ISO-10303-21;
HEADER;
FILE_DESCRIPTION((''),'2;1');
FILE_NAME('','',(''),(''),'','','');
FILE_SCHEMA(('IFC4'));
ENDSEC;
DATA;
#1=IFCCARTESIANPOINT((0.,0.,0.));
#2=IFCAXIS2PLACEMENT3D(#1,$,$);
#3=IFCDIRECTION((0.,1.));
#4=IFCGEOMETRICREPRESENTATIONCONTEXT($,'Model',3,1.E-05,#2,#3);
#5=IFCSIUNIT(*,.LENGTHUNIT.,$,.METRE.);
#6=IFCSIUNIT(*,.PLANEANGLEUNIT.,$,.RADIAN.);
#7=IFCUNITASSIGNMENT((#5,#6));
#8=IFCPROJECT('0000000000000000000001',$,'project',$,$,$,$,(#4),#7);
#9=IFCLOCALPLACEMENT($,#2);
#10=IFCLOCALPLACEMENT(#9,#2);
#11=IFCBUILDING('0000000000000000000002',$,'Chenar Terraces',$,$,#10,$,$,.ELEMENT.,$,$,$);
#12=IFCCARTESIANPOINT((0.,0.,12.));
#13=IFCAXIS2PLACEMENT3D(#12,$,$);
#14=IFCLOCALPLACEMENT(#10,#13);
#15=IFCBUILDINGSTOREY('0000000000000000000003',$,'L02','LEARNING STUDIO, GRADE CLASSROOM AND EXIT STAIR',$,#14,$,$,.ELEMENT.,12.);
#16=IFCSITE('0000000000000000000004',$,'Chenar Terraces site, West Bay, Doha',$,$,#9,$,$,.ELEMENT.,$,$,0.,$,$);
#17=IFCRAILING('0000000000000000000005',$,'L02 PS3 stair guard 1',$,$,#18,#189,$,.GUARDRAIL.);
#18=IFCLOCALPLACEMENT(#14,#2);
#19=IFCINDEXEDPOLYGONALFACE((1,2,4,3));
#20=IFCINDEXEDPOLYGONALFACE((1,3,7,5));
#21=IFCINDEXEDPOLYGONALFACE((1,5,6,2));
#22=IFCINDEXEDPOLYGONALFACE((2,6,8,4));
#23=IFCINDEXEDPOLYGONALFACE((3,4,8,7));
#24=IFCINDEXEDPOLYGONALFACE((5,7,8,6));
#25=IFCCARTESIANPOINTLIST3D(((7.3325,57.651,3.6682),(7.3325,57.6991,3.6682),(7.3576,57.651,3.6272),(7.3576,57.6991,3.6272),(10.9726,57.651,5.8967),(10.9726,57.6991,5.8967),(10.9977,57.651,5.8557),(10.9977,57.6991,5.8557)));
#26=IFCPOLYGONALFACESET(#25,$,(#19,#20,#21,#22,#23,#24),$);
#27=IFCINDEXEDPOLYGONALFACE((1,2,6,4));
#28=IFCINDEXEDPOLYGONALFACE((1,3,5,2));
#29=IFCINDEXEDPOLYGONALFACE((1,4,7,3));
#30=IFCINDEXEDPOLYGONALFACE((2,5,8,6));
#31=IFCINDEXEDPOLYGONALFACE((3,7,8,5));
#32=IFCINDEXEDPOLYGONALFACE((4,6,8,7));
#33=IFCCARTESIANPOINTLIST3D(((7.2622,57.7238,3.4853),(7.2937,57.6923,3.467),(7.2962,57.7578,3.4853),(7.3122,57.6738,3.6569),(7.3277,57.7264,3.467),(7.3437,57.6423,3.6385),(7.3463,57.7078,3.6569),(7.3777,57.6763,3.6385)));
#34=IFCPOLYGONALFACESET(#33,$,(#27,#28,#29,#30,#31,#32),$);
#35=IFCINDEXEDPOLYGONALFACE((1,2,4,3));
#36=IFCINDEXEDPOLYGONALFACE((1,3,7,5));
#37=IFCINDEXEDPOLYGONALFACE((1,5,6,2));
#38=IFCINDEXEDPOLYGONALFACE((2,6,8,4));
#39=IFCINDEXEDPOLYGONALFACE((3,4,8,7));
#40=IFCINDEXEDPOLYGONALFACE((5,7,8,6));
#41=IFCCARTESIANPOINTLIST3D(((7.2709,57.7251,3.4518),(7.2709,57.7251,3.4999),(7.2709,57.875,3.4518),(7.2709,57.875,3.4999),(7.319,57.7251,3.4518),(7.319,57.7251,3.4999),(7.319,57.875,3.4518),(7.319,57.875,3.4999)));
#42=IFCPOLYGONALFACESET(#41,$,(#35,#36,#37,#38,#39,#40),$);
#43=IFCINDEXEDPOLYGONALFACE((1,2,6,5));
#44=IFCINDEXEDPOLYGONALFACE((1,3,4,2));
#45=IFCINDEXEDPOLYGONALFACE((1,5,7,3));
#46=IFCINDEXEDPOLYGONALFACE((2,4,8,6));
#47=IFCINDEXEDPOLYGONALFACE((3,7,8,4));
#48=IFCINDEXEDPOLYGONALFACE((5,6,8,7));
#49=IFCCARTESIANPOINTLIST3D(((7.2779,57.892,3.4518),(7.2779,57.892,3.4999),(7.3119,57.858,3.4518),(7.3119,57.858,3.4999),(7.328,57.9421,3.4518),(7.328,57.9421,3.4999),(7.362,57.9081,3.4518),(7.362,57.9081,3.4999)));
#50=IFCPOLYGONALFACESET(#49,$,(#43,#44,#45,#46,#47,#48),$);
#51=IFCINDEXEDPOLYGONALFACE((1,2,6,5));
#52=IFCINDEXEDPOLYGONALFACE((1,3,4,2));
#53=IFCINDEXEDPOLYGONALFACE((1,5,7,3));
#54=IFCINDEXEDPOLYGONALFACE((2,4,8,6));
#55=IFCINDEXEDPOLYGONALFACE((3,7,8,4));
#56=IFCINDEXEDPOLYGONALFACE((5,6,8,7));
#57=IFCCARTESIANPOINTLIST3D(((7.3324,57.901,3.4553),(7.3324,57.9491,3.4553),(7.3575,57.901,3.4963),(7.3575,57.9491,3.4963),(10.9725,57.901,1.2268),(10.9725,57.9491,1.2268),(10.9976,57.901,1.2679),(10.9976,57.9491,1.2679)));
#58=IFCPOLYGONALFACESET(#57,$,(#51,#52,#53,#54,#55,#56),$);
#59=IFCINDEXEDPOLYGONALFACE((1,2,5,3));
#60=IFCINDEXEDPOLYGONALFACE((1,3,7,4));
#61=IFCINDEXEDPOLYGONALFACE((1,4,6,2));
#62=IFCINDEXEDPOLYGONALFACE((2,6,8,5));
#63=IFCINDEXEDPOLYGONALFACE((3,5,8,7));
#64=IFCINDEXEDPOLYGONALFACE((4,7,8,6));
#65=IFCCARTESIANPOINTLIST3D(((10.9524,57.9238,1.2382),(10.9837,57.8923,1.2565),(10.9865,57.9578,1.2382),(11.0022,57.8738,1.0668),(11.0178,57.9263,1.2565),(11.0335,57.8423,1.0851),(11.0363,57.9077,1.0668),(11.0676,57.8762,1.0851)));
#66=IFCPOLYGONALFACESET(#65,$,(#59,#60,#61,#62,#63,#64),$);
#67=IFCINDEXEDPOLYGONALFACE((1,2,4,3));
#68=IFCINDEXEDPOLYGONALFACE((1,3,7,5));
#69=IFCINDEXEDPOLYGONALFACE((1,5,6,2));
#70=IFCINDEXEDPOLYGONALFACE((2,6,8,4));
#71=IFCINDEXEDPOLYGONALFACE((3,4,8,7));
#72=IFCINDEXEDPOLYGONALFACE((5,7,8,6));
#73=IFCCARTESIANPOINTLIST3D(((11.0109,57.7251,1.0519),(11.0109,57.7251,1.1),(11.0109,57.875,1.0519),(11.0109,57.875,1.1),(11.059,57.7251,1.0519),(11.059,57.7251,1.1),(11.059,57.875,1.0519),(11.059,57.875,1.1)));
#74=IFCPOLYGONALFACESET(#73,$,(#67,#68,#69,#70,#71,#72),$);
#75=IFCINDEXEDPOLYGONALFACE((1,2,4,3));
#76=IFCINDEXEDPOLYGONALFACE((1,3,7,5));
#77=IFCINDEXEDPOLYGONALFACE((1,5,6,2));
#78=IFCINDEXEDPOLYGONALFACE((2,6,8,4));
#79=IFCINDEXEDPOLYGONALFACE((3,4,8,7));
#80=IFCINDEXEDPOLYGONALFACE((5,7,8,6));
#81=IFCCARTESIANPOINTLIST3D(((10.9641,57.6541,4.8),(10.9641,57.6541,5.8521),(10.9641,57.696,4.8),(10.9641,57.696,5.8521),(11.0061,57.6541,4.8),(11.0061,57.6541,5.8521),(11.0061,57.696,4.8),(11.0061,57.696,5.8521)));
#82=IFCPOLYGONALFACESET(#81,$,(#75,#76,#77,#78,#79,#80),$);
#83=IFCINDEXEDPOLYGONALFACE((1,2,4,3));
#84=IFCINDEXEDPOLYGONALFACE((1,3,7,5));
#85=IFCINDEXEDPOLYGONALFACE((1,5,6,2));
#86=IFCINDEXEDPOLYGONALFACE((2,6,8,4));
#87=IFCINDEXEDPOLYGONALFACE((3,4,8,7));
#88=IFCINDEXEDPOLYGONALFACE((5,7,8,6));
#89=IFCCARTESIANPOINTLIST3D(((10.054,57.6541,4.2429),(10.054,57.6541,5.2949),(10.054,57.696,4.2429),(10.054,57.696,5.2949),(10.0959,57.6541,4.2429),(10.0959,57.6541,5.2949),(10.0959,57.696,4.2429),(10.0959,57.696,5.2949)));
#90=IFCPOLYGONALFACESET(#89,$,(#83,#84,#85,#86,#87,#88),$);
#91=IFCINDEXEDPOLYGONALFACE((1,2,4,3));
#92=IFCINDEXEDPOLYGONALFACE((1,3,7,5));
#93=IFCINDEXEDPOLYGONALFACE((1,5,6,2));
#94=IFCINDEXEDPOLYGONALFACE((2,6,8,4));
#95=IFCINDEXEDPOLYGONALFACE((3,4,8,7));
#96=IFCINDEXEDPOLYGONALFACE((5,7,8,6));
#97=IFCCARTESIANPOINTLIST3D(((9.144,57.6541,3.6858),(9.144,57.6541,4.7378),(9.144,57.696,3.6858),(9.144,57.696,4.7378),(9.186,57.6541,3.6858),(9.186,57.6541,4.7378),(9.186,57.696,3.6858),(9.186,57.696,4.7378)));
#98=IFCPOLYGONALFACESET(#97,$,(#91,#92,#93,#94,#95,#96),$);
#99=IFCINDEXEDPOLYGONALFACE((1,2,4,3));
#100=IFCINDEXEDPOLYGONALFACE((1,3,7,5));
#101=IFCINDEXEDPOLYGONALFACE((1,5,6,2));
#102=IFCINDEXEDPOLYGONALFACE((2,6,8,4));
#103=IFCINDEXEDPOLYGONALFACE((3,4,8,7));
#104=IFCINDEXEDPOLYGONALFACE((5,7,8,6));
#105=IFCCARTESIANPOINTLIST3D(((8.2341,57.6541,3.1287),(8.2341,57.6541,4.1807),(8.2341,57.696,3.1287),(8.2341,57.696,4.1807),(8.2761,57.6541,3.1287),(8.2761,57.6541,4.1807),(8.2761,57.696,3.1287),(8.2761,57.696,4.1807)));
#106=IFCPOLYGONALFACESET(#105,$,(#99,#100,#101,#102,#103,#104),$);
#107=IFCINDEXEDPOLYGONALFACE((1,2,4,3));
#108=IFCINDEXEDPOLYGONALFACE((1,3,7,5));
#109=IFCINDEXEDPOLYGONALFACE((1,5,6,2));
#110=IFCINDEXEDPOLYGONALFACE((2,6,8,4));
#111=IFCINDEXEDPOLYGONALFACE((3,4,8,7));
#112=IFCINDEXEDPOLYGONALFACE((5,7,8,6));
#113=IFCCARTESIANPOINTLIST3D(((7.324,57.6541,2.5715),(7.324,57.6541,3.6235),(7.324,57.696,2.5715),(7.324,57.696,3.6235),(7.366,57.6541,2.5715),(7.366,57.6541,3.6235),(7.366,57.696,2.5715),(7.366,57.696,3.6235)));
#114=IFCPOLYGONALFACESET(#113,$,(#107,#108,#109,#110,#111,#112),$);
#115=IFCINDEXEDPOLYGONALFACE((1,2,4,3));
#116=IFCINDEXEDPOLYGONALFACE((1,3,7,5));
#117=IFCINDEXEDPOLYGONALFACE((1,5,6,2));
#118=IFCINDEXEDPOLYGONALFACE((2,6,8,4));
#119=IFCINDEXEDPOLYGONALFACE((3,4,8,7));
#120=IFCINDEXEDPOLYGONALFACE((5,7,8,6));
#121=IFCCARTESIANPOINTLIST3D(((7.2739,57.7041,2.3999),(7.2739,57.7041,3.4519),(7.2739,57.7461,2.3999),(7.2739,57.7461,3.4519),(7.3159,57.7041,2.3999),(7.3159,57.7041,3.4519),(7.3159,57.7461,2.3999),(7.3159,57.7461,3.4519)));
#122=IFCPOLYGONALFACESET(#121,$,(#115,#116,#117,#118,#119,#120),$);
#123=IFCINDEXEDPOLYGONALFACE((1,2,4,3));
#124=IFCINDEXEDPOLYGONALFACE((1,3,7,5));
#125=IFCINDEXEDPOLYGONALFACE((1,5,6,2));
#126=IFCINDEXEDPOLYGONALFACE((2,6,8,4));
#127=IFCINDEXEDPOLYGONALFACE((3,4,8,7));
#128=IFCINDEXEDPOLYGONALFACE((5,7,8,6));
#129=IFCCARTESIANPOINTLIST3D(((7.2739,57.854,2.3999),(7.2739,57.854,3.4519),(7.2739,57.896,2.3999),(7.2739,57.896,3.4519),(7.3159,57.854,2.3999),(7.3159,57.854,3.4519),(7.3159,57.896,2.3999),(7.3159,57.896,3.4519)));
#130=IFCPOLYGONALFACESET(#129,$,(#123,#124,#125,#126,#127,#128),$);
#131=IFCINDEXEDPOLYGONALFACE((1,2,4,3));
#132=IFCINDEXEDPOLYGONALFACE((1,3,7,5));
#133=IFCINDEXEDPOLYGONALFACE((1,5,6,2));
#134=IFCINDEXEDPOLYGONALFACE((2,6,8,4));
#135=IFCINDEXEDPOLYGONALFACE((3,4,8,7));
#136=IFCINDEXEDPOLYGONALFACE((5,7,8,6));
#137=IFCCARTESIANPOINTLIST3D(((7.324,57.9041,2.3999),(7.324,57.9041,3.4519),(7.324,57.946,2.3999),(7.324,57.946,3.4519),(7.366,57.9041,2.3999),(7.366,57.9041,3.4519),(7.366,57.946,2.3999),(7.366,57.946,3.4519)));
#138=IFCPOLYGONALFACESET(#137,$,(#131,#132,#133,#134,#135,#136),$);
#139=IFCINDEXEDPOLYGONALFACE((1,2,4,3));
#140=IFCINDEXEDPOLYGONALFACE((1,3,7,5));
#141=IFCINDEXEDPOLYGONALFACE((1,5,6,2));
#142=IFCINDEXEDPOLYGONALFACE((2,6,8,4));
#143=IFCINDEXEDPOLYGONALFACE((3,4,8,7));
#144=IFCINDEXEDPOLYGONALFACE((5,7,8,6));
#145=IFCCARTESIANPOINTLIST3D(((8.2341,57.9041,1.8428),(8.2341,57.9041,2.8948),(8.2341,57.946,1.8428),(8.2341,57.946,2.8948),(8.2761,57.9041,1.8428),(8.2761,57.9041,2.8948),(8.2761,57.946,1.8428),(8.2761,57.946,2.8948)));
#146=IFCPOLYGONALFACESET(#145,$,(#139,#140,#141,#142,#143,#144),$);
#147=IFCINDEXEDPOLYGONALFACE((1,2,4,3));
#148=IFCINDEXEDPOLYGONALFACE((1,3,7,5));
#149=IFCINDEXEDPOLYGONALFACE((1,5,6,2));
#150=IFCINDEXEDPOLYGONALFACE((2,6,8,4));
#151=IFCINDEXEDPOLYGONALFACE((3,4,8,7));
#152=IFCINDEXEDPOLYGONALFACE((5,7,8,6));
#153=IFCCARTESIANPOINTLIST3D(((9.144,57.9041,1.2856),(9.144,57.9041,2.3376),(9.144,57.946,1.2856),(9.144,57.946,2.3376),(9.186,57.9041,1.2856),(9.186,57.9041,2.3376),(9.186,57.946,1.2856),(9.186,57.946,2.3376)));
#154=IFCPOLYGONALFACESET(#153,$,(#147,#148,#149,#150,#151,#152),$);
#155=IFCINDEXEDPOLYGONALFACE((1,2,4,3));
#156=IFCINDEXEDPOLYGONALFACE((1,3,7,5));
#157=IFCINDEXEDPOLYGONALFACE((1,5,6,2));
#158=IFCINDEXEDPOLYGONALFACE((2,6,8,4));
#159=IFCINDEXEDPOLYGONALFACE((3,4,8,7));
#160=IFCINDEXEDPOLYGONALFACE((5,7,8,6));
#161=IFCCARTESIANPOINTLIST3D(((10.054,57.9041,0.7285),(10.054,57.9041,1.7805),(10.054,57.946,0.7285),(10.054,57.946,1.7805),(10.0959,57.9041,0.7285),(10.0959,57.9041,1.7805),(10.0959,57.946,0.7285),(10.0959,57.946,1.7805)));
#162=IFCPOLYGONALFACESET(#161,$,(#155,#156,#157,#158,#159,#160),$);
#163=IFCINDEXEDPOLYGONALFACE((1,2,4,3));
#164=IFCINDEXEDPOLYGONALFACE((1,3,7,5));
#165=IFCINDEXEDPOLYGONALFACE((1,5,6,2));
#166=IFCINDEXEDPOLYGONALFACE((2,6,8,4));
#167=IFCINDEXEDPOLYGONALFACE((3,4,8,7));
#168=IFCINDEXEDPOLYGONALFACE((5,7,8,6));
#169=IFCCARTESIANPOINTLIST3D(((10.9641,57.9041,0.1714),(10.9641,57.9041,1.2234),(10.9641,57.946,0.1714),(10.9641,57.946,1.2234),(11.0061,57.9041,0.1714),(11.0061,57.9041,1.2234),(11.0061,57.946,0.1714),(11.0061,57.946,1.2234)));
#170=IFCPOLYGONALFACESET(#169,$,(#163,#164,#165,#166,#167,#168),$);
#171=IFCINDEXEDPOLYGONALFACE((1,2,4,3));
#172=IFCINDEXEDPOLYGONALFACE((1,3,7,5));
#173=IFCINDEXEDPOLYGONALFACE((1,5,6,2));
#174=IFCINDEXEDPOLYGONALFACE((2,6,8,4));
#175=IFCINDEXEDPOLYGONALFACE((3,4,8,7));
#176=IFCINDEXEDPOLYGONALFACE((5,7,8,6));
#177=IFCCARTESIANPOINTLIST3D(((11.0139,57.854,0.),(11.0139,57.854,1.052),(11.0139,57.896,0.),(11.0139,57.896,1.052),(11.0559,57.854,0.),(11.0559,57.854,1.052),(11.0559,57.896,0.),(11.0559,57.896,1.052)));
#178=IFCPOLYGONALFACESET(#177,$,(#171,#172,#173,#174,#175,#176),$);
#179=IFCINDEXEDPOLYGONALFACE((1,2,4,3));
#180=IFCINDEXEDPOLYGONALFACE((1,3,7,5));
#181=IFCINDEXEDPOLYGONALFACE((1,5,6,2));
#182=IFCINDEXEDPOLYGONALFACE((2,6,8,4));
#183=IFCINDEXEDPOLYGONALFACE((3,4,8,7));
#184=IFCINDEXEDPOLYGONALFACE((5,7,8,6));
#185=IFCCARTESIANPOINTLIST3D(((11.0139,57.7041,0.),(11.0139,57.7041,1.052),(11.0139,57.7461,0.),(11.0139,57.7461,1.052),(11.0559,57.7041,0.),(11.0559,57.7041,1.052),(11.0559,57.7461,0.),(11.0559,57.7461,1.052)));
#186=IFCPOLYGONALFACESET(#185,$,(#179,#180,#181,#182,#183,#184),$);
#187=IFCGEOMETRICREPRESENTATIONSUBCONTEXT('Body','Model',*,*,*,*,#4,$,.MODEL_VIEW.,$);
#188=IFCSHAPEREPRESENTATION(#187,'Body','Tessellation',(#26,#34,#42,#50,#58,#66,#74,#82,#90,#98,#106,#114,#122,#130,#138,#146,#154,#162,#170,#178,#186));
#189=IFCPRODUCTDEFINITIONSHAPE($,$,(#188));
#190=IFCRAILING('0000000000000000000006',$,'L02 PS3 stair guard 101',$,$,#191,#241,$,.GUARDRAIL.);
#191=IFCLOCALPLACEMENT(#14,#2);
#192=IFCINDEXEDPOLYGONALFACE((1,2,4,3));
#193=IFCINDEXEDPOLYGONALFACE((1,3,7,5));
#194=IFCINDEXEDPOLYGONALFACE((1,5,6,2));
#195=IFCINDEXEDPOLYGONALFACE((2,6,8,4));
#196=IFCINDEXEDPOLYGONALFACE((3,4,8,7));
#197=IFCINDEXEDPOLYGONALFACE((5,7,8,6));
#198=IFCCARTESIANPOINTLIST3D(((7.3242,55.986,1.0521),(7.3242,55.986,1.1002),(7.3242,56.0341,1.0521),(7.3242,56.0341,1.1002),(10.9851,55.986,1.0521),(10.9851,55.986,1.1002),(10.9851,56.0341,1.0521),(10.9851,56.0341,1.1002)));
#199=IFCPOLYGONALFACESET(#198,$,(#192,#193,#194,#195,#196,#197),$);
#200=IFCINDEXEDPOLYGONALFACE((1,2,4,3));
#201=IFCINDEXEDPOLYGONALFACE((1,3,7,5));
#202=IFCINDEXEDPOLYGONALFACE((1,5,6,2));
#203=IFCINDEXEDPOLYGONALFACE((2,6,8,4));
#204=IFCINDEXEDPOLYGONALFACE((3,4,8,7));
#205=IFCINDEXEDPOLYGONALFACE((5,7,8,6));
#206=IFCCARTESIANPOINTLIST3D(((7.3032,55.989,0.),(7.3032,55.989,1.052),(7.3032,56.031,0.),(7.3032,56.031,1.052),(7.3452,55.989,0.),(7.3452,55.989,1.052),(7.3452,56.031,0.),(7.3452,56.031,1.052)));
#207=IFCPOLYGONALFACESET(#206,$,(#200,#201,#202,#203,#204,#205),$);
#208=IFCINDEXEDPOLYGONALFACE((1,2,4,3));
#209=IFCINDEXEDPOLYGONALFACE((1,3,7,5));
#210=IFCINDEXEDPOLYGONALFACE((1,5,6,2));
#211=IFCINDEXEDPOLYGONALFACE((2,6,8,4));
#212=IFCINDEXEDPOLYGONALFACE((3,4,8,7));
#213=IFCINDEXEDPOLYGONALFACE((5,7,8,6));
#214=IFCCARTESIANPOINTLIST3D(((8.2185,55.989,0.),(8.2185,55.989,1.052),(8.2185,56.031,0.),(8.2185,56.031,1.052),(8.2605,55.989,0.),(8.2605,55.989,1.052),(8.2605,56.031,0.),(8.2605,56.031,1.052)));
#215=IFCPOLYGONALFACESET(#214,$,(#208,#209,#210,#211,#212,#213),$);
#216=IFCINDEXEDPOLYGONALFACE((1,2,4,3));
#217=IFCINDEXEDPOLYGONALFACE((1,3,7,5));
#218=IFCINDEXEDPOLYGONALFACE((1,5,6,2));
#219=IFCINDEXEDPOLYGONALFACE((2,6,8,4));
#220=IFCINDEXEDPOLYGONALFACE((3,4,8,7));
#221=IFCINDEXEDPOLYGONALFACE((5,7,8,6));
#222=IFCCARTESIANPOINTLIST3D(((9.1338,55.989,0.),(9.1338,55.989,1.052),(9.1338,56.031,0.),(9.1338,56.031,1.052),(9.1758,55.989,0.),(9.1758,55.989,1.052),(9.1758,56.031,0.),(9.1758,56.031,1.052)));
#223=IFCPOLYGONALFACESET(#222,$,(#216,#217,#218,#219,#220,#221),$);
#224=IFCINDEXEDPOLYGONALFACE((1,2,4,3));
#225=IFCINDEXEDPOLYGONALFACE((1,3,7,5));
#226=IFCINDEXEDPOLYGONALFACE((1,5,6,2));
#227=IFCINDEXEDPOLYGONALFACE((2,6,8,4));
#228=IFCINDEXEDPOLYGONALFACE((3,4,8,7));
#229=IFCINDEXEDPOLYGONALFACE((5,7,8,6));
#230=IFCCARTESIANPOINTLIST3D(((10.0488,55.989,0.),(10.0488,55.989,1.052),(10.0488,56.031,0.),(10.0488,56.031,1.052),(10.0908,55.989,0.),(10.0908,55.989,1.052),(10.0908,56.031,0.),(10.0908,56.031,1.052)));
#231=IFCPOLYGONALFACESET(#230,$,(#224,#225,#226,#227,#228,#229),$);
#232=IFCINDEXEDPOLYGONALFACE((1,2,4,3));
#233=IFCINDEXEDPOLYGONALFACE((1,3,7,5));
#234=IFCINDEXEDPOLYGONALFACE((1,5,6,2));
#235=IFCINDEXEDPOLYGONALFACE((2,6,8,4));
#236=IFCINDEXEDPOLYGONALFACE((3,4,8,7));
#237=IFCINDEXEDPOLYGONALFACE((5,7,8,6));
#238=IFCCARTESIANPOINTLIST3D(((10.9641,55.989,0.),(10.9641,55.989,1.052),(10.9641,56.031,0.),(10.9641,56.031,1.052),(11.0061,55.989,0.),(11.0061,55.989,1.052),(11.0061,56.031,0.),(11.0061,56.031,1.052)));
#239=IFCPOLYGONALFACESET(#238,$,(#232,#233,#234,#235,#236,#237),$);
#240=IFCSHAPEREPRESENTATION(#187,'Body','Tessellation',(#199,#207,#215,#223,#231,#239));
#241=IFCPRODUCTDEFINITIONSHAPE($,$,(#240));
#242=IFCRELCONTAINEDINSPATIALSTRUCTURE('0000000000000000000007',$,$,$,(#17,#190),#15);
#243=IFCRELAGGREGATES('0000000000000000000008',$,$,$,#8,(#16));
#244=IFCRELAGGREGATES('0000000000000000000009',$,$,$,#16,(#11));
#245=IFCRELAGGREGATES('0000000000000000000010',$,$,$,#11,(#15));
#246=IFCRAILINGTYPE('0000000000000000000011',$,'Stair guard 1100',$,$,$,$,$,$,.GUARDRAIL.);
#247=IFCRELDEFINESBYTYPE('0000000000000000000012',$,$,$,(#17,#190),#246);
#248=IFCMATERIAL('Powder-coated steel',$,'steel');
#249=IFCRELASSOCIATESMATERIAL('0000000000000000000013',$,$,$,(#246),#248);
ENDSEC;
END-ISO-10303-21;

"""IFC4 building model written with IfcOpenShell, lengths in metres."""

from ifc_helpers import new_model, si_unit, direction, frame, origin, origin_2d, place, context, subcontext, project, spatial, rectangle, extrude, material, type_object, element, save


model = new_model("IFC4")

# Units and contexts
model_context = context("Model", 3, precision=1e-05, world=origin(), true_north=direction((0.0, 1.0)))
body_context = subcontext(model_context, "Body", "Model", "MODEL_VIEW")
ifc_project = project(units=[si_unit("LENGTHUNIT", "METRE"), si_unit("PLANEANGLEUNIT", "RADIAN")], contexts=[model_context])

# Site, building, storey
site_placement = place(None, origin())
site = spatial("IfcSite", under=ifc_project, at=site_placement, Name="Chenar Terraces site, West Bay, Doha", CompositionType="ELEMENT", RefElevation=0.0)
building_placement = place(site_placement, origin())
building = spatial("IfcBuilding", under=site, at=building_placement, Name="Chenar Terraces", CompositionType="ELEMENT")
storey_placement = place(building_placement, frame((0.0, 0.0, 12.0)))
storey = spatial("IfcBuildingStorey", under=building, at=storey_placement, Name="L02", Description="LEARNING STUDIO, GRADE CLASSROOM AND EXIT STAIR", CompositionType="ELEMENT", Elevation=12.0)

# Railings
ifc_material_1 = material(Name="Powder-coated steel", Category="steel")
railing_type_1 = type_object("IfcRailingType", Name="Stair guard 1100", PredefinedType="GUARDRAIL", material=ifc_material_1)
railing_1_placement = place(storey_placement, frame((10.9851, 57.675, 4.8)))
element("IfcRailing", 1, at=railing_1_placement, inside=storey, type_object=railing_type_1, Name="L02 PS3 stair guard 1", PredefinedType="GUARDRAIL", context=body_context, shape_type="SweptSolid", body=[
    extrude(rectangle(XDim=0.0481, YDim=0.0481, at=origin_2d()), frame((0.0, 0.0, 1.0762), z_axis=(-0.852866, 0.0, -0.52213), x_axis=(0.0, -1.0, 0.0)), (0.0, 0.0, 1.0), 4.2681),
    extrude(rectangle(XDim=0.0481, YDim=0.0481, at=origin_2d()), frame((-3.6401, 0.0, -1.1523), z_axis=(-0.269583, 0.269583, -0.924473), x_axis=(-0.707107, -0.707107, 0.0)), (0.0, 0.0, 1.0), 0.1855),
    extrude(rectangle(XDim=0.0481, YDim=0.0481, at=origin_2d()), frame((-3.6902, 0.05, -1.3242), z_axis=(0.0, 1.0, 0.0), x_axis=(-1.0, 0.0, 0.0)), (0.0, 0.0, 1.0), 0.1499),
    extrude(rectangle(XDim=0.0481, YDim=0.0481, at=origin_2d()), frame((-3.6902, 0.2, -1.3242), z_axis=(0.707107, 0.707107, 0.0), x_axis=(-0.707107, 0.707107, 0.0)), (0.0, 0.0, 1.0), 0.0708),
    extrude(rectangle(XDim=0.0481, YDim=0.0481, at=origin_2d()), frame((-3.6401, 0.25, -1.3242), z_axis=(0.852866, 0.0, -0.52213), x_axis=(0.0, 1.0, 0.0)), (0.0, 0.0, 1.0), 4.2681),
    extrude(rectangle(XDim=0.0481, YDim=0.0481, at=origin_2d()), frame((0.0, 0.25, -3.5527), z_axis=(0.26869, -0.270007, -0.924609), x_axis=(0.708834, 0.705376, 0.0)), (0.0, 0.0, 1.0), 0.1853),
    extrude(rectangle(XDim=0.0481, YDim=0.0481, at=origin_2d()), frame((0.0498, 0.2, -3.7241), z_axis=(0.0, -1.0, 0.0), x_axis=(1.0, 0.0, 0.0)), (0.0, 0.0, 1.0), 0.1499),
    extrude(rectangle(XDim=0.042, YDim=0.042, at=origin_2d()), origin(), (0.0, 0.0, 1.0), 1.052),
    extrude(rectangle(XDim=0.042, YDim=0.042, at=origin_2d()), frame((-0.9102, 0.0, -0.5571)), (0.0, 0.0, 1.0), 1.052),
    extrude(rectangle(XDim=0.042, YDim=0.042, at=origin_2d()), frame((-1.8201, 0.0, -1.1143)), (0.0, 0.0, 1.0), 1.052),
    extrude(rectangle(XDim=0.042, YDim=0.042, at=origin_2d()), frame((-2.73, 0.0, -1.6714)), (0.0, 0.0, 1.0), 1.052),
    extrude(rectangle(XDim=0.042, YDim=0.042, at=origin_2d()), frame((-3.6401, 0.0, -2.2285)), (0.0, 0.0, 1.0), 1.052),
    extrude(rectangle(XDim=0.042, YDim=0.042, at=origin_2d()), frame((-3.6902, 0.05, -2.4001)), (0.0, 0.0, 1.0), 1.052),
    extrude(rectangle(XDim=0.042, YDim=0.042, at=origin_2d()), frame((-3.6902, 0.2, -2.4001)), (0.0, 0.0, 1.0), 1.052),
    extrude(rectangle(XDim=0.042, YDim=0.042, at=origin_2d()), frame((-3.6401, 0.25, -2.4001)), (0.0, 0.0, 1.0), 1.052),
    extrude(rectangle(XDim=0.042, YDim=0.042, at=origin_2d()), frame((-2.73, 0.25, -2.9573)), (0.0, 0.0, 1.0), 1.052),
    extrude(rectangle(XDim=0.042, YDim=0.042, at=origin_2d()), frame((-1.8201, 0.25, -3.5144)), (0.0, 0.0, 1.0), 1.052),
    extrude(rectangle(XDim=0.042, YDim=0.042, at=origin_2d()), frame((-0.9102, 0.25, -4.0715)), (0.0, 0.0, 1.0), 1.052),
    extrude(rectangle(XDim=0.042, YDim=0.042, at=origin_2d()), frame((0.0, 0.25, -4.6287)), (0.0, 0.0, 1.0), 1.052),
    extrude(rectangle(XDim=0.042, YDim=0.042, at=origin_2d()), frame((0.0498, 0.2, -4.8)), (0.0, 0.0, 1.0), 1.052),
    extrude(rectangle(XDim=0.042, YDim=0.042, at=origin_2d()), frame((0.0498, 0.05, -4.8)), (0.0, 0.0, 1.0), 1.052),
])
railing_2_placement = place(storey_placement, frame((7.3242, 56.01, 0.0)))
element("IfcRailing", 2, at=railing_2_placement, inside=storey, type_object=railing_type_1, Name="L02 PS3 stair guard 101", PredefinedType="GUARDRAIL", context=body_context, shape_type="SweptSolid", body=[
    extrude(rectangle(XDim=0.0481, YDim=0.0481, at=origin_2d()), frame((0.0, 0.0, 1.0762), z_axis=(1.0, 0.0, 0.0), x_axis=(0.0, 1.0, 0.0)), (0.0, 0.0, 1.0), 3.6609),
    extrude(rectangle(XDim=0.042, YDim=0.042, at=origin_2d()), origin(), (0.0, 0.0, 1.0), 1.052),
    extrude(rectangle(XDim=0.042, YDim=0.042, at=origin_2d()), frame((0.9153, 0.0, 0.0)), (0.0, 0.0, 1.0), 1.052),
    extrude(rectangle(XDim=0.042, YDim=0.042, at=origin_2d()), frame((1.8306, 0.0, 0.0)), (0.0, 0.0, 1.0), 1.052),
    extrude(rectangle(XDim=0.042, YDim=0.042, at=origin_2d()), frame((2.7456, 0.0, 0.0)), (0.0, 0.0, 1.0), 1.052),
    extrude(rectangle(XDim=0.042, YDim=0.042, at=origin_2d()), frame((3.6609, 0.0, 0.0)), (0.0, 0.0, 1.0), 1.052),
])

save(model, "model.ifc")
